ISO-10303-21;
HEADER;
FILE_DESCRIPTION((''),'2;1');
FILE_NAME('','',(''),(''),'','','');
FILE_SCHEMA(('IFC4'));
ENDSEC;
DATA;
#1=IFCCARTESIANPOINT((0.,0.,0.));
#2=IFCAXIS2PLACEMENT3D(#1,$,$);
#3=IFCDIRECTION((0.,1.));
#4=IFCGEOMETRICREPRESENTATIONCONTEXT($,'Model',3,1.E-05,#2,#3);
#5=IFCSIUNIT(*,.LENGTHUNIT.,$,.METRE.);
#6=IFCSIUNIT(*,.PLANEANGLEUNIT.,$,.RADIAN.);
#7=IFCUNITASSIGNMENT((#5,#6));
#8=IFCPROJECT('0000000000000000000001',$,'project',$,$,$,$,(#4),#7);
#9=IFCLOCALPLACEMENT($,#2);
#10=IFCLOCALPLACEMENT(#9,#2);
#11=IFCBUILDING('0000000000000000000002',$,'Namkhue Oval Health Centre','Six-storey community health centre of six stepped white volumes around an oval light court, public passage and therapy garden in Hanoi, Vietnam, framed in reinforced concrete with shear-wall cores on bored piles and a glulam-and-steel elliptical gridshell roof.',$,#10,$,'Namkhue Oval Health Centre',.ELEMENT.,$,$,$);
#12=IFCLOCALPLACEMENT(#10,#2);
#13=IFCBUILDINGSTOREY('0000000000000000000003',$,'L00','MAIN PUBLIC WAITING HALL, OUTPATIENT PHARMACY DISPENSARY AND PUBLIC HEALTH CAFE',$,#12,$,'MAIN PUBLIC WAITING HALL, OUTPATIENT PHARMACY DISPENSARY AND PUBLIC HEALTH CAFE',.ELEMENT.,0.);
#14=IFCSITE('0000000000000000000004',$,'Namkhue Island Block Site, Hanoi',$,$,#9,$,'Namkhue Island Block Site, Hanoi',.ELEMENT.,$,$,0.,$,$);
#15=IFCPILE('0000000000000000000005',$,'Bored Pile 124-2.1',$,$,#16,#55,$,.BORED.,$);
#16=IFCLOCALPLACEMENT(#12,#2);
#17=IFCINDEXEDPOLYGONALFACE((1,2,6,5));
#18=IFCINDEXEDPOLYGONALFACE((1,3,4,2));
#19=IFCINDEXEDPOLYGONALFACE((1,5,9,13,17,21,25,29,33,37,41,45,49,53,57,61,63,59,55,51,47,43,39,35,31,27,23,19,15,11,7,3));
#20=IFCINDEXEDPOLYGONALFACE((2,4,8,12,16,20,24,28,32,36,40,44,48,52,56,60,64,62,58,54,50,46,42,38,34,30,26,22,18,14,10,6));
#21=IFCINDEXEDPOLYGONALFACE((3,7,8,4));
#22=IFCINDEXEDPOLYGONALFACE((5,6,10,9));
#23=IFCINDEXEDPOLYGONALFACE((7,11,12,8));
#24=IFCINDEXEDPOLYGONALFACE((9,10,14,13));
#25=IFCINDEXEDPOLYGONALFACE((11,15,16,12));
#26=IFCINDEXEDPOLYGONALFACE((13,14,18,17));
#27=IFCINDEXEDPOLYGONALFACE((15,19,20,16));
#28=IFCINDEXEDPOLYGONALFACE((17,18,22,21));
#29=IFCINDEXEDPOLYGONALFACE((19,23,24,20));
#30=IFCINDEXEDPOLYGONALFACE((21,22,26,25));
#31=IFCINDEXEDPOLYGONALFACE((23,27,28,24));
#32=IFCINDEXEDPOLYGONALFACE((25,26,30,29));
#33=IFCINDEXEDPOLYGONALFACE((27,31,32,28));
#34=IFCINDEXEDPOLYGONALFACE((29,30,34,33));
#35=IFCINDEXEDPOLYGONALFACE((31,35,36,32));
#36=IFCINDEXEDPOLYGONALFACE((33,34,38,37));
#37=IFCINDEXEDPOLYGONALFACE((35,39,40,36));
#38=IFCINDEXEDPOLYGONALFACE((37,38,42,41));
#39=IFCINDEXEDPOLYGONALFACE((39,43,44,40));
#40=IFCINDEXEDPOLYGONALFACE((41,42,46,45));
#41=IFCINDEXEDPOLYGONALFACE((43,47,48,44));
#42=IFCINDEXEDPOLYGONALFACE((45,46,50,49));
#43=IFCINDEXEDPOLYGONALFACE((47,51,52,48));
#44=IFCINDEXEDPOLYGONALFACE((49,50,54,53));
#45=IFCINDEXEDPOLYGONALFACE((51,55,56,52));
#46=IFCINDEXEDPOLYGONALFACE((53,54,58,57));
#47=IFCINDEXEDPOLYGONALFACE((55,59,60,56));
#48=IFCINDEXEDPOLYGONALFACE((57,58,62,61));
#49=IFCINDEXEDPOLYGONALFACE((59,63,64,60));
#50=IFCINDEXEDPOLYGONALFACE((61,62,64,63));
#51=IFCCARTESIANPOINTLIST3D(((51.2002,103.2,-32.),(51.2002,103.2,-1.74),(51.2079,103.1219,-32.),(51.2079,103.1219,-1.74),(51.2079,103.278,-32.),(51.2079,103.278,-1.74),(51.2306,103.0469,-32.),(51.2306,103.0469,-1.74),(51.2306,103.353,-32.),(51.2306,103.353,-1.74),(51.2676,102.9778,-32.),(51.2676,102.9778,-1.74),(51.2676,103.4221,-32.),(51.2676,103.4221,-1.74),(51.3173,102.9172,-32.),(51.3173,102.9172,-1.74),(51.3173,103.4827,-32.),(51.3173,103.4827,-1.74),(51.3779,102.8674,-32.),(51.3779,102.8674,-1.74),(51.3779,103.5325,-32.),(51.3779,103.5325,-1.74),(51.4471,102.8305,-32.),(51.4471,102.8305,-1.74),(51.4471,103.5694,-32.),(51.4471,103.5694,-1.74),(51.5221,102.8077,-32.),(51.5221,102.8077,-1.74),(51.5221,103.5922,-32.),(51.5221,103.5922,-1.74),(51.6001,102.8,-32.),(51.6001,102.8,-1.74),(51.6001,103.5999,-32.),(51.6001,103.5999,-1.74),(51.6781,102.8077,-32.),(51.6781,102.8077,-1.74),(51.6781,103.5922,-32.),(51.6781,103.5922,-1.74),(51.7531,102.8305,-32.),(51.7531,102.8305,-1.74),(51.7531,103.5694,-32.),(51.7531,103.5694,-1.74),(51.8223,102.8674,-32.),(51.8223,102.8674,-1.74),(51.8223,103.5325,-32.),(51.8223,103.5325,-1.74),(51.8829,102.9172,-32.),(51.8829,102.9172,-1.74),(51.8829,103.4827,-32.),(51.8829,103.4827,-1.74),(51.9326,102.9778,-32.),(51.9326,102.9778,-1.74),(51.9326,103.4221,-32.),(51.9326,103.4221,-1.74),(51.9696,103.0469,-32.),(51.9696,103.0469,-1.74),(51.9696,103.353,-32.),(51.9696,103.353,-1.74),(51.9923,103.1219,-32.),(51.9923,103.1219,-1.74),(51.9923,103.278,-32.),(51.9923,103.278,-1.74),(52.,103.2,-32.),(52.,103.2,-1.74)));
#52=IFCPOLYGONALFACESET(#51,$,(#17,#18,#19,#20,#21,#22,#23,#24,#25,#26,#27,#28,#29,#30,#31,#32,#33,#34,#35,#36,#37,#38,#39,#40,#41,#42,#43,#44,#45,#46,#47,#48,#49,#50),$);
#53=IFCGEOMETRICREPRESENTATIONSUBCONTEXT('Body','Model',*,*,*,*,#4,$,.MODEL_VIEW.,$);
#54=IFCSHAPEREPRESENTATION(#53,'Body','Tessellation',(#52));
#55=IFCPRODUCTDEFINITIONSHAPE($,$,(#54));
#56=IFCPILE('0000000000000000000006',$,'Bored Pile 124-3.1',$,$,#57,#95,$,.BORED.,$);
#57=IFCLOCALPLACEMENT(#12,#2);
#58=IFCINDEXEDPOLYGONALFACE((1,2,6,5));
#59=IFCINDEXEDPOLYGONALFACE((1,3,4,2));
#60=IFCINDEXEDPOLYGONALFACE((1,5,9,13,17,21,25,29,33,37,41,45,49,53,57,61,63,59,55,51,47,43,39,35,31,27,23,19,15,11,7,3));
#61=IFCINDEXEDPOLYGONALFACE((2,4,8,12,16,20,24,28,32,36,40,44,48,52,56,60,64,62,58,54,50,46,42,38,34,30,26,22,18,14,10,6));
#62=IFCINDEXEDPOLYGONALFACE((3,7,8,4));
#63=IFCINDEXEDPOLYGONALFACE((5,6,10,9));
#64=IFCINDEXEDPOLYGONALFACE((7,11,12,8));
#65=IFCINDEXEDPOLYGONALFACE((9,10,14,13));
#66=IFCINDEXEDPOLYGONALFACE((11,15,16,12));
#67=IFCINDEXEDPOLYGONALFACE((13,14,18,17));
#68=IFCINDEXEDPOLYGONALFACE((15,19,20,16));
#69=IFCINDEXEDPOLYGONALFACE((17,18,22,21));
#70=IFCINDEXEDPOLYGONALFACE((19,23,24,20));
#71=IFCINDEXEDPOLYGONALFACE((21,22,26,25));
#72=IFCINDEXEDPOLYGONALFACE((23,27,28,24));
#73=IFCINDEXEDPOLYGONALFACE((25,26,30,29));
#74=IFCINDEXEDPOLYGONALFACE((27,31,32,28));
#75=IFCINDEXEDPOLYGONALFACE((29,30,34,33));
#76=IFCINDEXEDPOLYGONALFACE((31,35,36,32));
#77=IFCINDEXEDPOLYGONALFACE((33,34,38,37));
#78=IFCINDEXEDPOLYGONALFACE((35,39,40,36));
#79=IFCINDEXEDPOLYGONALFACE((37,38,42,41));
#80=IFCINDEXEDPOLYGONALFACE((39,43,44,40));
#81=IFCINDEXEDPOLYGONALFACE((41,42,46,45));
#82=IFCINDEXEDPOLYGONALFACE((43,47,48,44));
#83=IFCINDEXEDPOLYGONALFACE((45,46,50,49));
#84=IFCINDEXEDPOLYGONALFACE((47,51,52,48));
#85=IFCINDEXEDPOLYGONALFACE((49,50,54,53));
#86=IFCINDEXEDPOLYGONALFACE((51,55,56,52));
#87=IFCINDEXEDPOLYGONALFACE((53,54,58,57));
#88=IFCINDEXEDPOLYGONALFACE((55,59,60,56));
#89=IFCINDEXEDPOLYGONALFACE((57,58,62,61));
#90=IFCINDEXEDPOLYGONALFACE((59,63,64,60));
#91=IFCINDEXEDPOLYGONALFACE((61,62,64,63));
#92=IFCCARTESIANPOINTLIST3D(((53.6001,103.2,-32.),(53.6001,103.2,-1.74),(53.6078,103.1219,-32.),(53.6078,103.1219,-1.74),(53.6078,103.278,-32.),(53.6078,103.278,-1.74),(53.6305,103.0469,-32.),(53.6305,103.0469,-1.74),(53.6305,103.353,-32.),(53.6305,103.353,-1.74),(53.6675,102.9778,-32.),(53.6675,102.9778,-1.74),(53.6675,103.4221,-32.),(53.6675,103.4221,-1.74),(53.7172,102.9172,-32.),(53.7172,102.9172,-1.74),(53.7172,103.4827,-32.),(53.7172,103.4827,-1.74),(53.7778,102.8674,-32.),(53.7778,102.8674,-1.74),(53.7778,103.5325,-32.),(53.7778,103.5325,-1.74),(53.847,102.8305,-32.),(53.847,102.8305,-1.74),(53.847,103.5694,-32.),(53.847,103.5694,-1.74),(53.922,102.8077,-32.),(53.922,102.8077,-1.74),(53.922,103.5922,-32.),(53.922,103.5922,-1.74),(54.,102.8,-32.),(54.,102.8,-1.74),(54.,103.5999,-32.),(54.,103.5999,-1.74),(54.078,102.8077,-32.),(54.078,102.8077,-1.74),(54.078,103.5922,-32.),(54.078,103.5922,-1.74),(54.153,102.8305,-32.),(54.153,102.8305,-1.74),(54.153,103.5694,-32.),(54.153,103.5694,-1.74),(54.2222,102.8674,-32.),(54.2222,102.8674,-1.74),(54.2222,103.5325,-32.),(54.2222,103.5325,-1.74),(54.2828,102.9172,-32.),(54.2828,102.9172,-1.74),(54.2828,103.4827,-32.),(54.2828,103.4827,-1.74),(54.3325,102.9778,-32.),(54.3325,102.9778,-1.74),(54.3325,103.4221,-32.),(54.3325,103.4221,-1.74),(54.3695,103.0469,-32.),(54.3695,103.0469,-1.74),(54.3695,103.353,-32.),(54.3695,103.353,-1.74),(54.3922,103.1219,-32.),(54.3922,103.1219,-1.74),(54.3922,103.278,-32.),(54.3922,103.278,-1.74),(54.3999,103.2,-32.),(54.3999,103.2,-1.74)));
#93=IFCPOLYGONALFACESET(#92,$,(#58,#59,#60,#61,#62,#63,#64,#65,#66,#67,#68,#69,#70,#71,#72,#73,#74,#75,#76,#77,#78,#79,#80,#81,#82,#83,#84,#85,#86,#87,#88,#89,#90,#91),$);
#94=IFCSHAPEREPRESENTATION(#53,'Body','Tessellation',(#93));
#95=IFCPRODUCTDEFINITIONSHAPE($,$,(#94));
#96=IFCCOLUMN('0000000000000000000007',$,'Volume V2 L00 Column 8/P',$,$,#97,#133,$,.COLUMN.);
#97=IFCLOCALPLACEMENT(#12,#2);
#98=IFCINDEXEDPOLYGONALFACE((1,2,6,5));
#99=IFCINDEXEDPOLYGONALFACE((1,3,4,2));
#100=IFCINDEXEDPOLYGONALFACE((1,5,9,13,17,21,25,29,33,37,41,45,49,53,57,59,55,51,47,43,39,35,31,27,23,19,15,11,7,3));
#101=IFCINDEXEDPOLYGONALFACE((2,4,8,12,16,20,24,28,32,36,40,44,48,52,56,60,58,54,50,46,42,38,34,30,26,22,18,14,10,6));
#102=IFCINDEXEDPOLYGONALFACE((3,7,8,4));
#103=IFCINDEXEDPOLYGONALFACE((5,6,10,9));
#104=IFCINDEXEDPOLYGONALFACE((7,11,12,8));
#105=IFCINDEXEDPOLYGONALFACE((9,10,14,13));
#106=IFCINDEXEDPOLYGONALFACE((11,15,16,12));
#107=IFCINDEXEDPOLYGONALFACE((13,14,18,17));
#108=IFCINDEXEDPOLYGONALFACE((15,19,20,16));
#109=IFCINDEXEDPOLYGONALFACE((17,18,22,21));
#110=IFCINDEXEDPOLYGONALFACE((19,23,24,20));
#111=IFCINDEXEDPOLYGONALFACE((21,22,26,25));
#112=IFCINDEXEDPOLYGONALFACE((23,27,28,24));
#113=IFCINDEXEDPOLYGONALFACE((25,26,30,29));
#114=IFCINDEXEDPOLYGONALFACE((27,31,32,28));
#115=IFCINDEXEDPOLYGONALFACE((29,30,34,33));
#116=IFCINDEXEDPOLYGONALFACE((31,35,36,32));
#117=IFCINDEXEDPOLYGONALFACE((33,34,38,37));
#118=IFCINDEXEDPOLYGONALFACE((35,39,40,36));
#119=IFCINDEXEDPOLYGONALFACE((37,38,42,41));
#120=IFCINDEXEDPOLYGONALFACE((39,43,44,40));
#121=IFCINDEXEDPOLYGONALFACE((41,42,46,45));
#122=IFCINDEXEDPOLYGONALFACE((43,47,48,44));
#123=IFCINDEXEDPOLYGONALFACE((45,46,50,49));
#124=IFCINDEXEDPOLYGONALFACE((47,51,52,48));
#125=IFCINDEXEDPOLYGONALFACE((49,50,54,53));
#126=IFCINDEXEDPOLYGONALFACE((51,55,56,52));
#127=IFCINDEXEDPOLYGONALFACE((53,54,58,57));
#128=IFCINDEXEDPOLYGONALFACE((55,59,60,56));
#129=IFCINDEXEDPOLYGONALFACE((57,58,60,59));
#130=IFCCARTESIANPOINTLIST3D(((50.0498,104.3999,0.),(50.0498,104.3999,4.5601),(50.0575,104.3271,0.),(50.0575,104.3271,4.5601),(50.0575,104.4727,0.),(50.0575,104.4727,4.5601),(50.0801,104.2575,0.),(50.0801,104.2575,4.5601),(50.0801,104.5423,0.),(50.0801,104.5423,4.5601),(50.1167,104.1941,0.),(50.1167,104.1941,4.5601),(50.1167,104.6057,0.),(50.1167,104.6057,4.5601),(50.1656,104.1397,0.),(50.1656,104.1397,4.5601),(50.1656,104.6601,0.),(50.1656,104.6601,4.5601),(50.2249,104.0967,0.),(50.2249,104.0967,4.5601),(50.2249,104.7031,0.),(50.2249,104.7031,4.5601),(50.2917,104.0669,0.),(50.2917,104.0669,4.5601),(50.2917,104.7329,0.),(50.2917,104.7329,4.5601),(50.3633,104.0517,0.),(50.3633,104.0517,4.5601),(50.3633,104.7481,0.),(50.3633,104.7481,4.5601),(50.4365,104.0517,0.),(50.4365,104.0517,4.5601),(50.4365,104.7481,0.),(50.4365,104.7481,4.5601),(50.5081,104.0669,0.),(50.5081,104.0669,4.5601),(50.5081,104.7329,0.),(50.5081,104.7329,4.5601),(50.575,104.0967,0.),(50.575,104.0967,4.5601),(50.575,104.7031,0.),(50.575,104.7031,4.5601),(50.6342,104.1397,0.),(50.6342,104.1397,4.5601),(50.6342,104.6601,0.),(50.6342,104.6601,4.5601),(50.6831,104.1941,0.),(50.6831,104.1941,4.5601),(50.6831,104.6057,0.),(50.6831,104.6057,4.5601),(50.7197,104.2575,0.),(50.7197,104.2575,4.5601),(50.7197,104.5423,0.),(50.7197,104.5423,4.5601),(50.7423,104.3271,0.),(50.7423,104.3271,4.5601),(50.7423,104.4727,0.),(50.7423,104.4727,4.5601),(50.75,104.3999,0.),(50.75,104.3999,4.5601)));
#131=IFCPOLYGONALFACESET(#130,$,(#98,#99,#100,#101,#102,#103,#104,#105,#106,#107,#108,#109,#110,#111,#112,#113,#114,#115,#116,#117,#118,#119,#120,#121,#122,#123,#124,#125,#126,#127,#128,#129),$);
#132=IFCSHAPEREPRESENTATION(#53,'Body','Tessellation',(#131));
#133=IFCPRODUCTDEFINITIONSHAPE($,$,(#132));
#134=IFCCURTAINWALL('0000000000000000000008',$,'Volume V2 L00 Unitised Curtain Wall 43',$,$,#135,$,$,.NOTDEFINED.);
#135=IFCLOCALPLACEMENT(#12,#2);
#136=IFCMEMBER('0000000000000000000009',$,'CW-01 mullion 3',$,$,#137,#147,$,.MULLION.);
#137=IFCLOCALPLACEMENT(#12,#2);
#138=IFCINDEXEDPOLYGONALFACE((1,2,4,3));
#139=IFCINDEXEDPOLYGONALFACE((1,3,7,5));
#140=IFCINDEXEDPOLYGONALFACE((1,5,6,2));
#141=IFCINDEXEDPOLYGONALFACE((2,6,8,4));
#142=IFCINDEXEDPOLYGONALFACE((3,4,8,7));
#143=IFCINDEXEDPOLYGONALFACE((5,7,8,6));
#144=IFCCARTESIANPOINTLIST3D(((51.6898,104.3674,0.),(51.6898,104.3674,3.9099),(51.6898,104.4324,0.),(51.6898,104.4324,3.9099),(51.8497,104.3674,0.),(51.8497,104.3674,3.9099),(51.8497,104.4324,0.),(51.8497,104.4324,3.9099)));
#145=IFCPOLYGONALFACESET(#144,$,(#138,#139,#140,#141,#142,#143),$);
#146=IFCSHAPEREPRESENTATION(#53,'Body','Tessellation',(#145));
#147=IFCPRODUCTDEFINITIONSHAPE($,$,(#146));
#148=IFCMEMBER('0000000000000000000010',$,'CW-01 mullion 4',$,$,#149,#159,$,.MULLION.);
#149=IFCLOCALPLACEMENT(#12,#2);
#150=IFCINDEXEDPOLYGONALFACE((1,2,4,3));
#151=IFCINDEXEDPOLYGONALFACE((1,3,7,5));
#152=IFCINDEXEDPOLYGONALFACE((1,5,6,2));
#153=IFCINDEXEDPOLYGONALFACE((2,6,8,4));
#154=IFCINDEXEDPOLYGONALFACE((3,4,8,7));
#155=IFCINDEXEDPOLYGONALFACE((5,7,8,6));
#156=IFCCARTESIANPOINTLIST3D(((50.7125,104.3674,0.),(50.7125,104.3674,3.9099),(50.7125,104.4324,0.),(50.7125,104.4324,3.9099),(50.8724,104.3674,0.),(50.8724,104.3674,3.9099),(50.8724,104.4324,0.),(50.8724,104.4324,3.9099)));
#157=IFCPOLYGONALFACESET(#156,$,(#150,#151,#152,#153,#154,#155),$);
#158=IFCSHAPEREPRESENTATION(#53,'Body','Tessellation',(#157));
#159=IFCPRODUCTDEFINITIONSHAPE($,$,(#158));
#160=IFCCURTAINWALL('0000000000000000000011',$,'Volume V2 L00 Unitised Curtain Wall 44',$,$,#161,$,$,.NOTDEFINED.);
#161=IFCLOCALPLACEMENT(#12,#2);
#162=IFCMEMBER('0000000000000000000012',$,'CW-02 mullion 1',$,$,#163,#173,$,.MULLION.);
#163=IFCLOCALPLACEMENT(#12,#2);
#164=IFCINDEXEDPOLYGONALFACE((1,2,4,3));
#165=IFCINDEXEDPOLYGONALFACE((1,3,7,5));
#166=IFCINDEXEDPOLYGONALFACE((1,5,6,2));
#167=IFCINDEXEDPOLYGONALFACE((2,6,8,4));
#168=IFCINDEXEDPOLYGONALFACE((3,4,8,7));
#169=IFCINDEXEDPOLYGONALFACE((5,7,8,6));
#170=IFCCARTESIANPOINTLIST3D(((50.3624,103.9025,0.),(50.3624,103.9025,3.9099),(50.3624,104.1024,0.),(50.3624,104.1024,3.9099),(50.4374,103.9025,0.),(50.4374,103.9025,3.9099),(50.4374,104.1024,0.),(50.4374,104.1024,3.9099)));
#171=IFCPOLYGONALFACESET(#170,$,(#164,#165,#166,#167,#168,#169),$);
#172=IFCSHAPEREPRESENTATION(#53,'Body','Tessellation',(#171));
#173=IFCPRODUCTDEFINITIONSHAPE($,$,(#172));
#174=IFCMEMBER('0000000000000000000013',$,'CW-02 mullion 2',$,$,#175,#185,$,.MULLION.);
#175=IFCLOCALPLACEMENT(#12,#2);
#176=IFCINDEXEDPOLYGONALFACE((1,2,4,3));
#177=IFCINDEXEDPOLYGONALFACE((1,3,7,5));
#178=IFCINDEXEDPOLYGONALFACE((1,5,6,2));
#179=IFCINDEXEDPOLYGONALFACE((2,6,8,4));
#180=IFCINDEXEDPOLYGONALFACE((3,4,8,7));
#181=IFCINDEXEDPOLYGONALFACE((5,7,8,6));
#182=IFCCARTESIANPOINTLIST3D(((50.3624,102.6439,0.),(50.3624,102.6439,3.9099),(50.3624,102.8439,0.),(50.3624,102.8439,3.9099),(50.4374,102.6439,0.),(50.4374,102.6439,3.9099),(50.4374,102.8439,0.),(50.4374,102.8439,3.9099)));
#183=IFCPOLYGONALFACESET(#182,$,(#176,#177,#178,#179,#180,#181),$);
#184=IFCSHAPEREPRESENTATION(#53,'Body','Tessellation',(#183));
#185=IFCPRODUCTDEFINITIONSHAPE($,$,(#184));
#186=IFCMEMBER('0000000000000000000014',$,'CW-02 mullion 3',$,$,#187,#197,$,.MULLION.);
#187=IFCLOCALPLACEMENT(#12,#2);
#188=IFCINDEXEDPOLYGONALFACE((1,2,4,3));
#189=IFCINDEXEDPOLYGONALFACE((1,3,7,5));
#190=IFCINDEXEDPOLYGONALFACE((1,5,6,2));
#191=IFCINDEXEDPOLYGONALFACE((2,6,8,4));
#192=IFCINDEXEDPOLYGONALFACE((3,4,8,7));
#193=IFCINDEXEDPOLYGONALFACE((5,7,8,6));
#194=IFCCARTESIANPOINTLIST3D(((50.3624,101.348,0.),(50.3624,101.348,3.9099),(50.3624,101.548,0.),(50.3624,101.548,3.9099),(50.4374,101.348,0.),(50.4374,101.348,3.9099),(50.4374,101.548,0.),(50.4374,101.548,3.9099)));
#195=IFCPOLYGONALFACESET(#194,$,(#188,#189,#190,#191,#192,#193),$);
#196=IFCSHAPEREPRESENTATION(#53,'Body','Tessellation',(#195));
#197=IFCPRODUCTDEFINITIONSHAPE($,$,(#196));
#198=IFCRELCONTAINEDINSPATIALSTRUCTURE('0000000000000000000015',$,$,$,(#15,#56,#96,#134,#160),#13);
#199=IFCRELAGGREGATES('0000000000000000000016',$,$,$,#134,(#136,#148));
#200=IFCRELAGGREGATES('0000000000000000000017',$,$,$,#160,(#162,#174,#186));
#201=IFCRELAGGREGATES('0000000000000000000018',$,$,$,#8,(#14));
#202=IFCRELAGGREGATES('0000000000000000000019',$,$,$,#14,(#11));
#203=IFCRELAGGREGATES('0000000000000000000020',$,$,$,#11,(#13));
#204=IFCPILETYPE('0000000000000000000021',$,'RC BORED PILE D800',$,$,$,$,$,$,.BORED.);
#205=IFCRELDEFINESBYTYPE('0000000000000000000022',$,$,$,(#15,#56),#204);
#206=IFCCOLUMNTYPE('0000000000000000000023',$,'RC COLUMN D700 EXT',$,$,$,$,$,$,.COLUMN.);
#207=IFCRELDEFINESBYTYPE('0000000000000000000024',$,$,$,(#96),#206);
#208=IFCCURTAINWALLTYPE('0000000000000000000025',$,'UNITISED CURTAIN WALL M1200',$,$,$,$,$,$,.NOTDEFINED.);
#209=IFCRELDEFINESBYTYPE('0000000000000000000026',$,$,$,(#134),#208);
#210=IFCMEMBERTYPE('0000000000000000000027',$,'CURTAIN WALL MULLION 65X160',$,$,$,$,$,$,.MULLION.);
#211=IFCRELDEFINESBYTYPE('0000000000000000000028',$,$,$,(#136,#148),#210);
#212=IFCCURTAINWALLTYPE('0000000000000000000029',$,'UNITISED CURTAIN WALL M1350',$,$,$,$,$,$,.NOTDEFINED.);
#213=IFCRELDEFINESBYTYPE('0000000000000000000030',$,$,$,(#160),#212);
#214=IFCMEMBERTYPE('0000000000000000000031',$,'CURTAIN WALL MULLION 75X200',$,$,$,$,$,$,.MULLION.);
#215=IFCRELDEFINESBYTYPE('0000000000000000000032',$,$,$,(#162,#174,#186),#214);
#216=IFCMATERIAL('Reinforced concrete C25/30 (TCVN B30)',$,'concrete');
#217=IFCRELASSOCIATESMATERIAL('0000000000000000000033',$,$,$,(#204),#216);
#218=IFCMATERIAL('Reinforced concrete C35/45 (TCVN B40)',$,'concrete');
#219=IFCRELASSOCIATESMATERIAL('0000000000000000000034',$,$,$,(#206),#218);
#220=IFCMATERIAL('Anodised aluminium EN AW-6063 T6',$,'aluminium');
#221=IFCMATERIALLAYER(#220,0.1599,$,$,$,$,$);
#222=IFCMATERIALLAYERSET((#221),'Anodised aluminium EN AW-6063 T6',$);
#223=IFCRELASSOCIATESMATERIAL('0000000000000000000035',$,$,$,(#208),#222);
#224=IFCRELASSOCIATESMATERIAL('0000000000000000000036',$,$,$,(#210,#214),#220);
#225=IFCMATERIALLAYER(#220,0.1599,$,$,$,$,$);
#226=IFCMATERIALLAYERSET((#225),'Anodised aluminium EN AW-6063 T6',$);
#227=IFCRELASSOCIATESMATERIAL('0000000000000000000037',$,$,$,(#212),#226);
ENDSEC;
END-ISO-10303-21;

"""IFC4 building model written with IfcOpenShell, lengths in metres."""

from ifc_helpers import new_model, si_unit, direction, frame, origin, origin_2d, place, context, subcontext, project, spatial, rectangle, circle, extrude, material, layer, layer_set, material_profile, profile_set, type_object, element, aggregate, save


model = new_model("IFC4")

# Units and contexts
model_context = context("Model", 3, precision=1e-05, world=origin(), true_north=direction((0.0, 1.0)))
body_context = subcontext(model_context, "Body", "Model", "MODEL_VIEW")
ifc_project = project(units=[si_unit("LENGTHUNIT", "METRE"), si_unit("PLANEANGLEUNIT", "RADIAN")], contexts=[model_context])

# Site, building, storey
site_placement = place(None, origin())
site = spatial("IfcSite", under=ifc_project, at=site_placement, Name="Namkhue Island Block Site, Hanoi", LongName="Namkhue Island Block Site, Hanoi", CompositionType="ELEMENT", RefElevation=0.0)
building_placement = place(site_placement, origin())
building = spatial("IfcBuilding", under=site, at=building_placement, Name="Namkhue Oval Health Centre", Description="Six-storey community health centre of six stepped white volumes around an oval light court, public passage and therapy garden in Hanoi, Vietnam, framed in reinforced concrete with shear-wall cores on bored piles and a glulam-and-steel elliptical gridshell roof.", LongName="Namkhue Oval Health Centre", CompositionType="ELEMENT")
storey_placement = place(building_placement, origin())
storey = spatial("IfcBuildingStorey", under=building, at=storey_placement, Name="L00", Description="MAIN PUBLIC WAITING HALL, OUTPATIENT PHARMACY DISPENSARY AND PUBLIC HEALTH CAFE", LongName="MAIN PUBLIC WAITING HALL, OUTPATIENT PHARMACY DISPENSARY AND PUBLIC HEALTH CAFE", CompositionType="ELEMENT", Elevation=0.0)

# Piles
ifc_material_1 = material(Name="Reinforced concrete C25/30 (TCVN B30)", Category="concrete")
ifc_material_profile_1 = material_profile(ifc_material_1, circle(Radius=0.3999, at=origin_2d()), Name="BORED PILE D800")
ifc_profile_set_1 = profile_set([ifc_material_profile_1], Name="Reinforced concrete C25/30 (TCVN B30)")
pile_type = type_object("IfcPileType", Name="RC BORED PILE D800", PredefinedType="BORED", material=ifc_profile_set_1)
for number, where, z_axis, x_axis, name in (
    (1, (51.6001, 103.2, -1.74), (0.0, 0.0, -1.0), (1.0, 0.0, 0.0), "Bored Pile 124-2.1"),
    (2, (54.0, 103.2, -1.74), (0.0, 0.0, -1.0), (1.0, 0.0, 0.0), "Bored Pile 124-3.1"),
):
    element("IfcPile", number, at=place(storey_placement, frame(where, z_axis=z_axis, x_axis=x_axis)), inside=storey, type_object=pile_type, Name=name, PredefinedType="BORED", context=body_context, shape_type="SweptSolid", body=[
        extrude(circle(Radius=0.3999, at=origin_2d()), origin(), (0.0, 0.0, 1.0), 30.26),
    ])

# Column
ifc_material_2 = material(Name="Reinforced concrete C35/45 (TCVN B40)", Category="concrete")
ifc_material_profile_2 = material_profile(ifc_material_2, circle(Radius=0.3501, at=origin_2d()), Name="RC D700")
ifc_profile_set_2 = profile_set([ifc_material_profile_2], Name="Reinforced concrete C35/45 (TCVN B40)")
column_type = type_object("IfcColumnType", Name="RC COLUMN D700 EXT", PredefinedType="COLUMN", material=ifc_profile_set_2)
column_placement = place(storey_placement, frame((50.3999, 104.3999, 0.0), z_axis=(0.0, 0.0, 1.0), x_axis=(1.0, 0.0, 0.0)))
element("IfcColumn", 3, at=column_placement, inside=storey, type_object=column_type, Name="Volume V2 L00 Column 8/P", PredefinedType="COLUMN", context=body_context, shape_type="SweptSolid", body=[
    extrude(circle(Radius=0.3501, at=origin_2d()), origin(), (0.0, 0.0, 1.0), 4.5601),
])

# Curtain walls, members
ifc_material_3 = material(Name="Anodised aluminium EN AW-6063 T6", Category="aluminium")
ifc_layer_1 = layer(ifc_material_3, 0.1599)
ifc_layer_set_1 = layer_set([ifc_layer_1], Name="Anodised aluminium EN AW-6063 T6")
curtain_wall_type_1 = type_object("IfcCurtainWallType", Name="UNITISED CURTAIN WALL M1200", PredefinedType="NOTDEFINED", material=ifc_layer_set_1)
curtain_wall_1_placement = place(storey_placement, origin())
curtain_wall_1 = element("IfcCurtainWall", 4, at=curtain_wall_1_placement, inside=storey, type_object=curtain_wall_type_1, Name="Volume V2 L00 Unitised Curtain Wall 43", PredefinedType="NOTDEFINED")
ifc_material_profile_3 = material_profile(ifc_material_3, rectangle(XDim=0.0649, YDim=0.1599, at=origin_2d()), Name="ALU 65x160")
ifc_profile_set_3 = profile_set([ifc_material_profile_3], Name="Anodised aluminium EN AW-6063 T6")
member_type_1 = type_object("IfcMemberType", Name="CURTAIN WALL MULLION 65X160", PredefinedType="MULLION", material=ifc_profile_set_3)
member_1_placement = place(storey_placement, frame((51.7698, 104.3999, 0.0), z_axis=(0.0, 0.0, 1.0), x_axis=(0.0, -1.0, 0.0)))
member_1 = element("IfcMember", 5, at=member_1_placement, type_object=member_type_1, Name="CW-01 mullion 3", PredefinedType="MULLION", context=body_context, shape_type="SweptSolid", body=[
    extrude(rectangle(XDim=0.0649, YDim=0.1599, at=origin_2d()), origin(), (0.0, 0.0, 1.0), 3.9099),
])
member_2_placement = place(storey_placement, frame((50.7925, 104.3999, 0.0), z_axis=(0.0, 0.0, 1.0), x_axis=(0.0, -1.0, 0.0)))
member_2 = element("IfcMember", 6, at=member_2_placement, type_object=member_type_1, Name="CW-01 mullion 4", PredefinedType="MULLION", context=body_context, shape_type="SweptSolid", body=[
    extrude(rectangle(XDim=0.0649, YDim=0.1599, at=origin_2d()), origin(), (0.0, 0.0, 1.0), 3.9099),
])
ifc_layer_2 = layer(ifc_material_3, 0.1599)
ifc_layer_set_2 = layer_set([ifc_layer_2], Name="Anodised aluminium EN AW-6063 T6")
curtain_wall_type_2 = type_object("IfcCurtainWallType", Name="UNITISED CURTAIN WALL M1350", PredefinedType="NOTDEFINED", material=ifc_layer_set_2)
curtain_wall_2_placement = place(storey_placement, origin())
curtain_wall_2 = element("IfcCurtainWall", 7, at=curtain_wall_2_placement, inside=storey, type_object=curtain_wall_type_2, Name="Volume V2 L00 Unitised Curtain Wall 44", PredefinedType="NOTDEFINED")
ifc_material_profile_4 = material_profile(ifc_material_3, rectangle(XDim=0.075, YDim=0.2, at=origin_2d()), Name="ALU 75x200")
ifc_profile_set_4 = profile_set([ifc_material_profile_4], Name="Anodised aluminium EN AW-6063 T6")
member_type_2 = type_object("IfcMemberType", Name="CURTAIN WALL MULLION 75X200", PredefinedType="MULLION", material=ifc_profile_set_4)
member_3_placement = place(storey_placement, frame((50.3999, 104.0024, 0.0), z_axis=(0.0, 0.0, 1.0), x_axis=(1.0, 0.0, 0.0)))
member_3 = element("IfcMember", 8, at=member_3_placement, type_object=member_type_2, Name="CW-02 mullion 1", PredefinedType="MULLION", context=body_context, shape_type="SweptSolid", body=[
    extrude(rectangle(XDim=0.075, YDim=0.2, at=origin_2d()), origin(), (0.0, 0.0, 1.0), 3.9099),
])
member_4_placement = place(storey_placement, frame((50.3999, 102.7439, 0.0), z_axis=(0.0, 0.0, 1.0), x_axis=(1.0, 0.0, 0.0)))
member_4 = element("IfcMember", 9, at=member_4_placement, type_object=member_type_2, Name="CW-02 mullion 2", PredefinedType="MULLION", context=body_context, shape_type="SweptSolid", body=[
    extrude(rectangle(XDim=0.075, YDim=0.2, at=origin_2d()), origin(), (0.0, 0.0, 1.0), 3.9099),
])
member_5_placement = place(storey_placement, frame((50.3999, 101.448, 0.0), z_axis=(0.0, 0.0, 1.0), x_axis=(1.0, 0.0, 0.0)))
member_5 = element("IfcMember", 10, at=member_5_placement, type_object=member_type_2, Name="CW-02 mullion 3", PredefinedType="MULLION", context=body_context, shape_type="SweptSolid", body=[
    extrude(rectangle(XDim=0.075, YDim=0.2, at=origin_2d()), origin(), (0.0, 0.0, 1.0), 3.9099),
])

aggregate(curtain_wall_1, [member_1, member_2])
aggregate(curtain_wall_2, [member_3, member_4, member_5])

save(model, "model.ifc")
